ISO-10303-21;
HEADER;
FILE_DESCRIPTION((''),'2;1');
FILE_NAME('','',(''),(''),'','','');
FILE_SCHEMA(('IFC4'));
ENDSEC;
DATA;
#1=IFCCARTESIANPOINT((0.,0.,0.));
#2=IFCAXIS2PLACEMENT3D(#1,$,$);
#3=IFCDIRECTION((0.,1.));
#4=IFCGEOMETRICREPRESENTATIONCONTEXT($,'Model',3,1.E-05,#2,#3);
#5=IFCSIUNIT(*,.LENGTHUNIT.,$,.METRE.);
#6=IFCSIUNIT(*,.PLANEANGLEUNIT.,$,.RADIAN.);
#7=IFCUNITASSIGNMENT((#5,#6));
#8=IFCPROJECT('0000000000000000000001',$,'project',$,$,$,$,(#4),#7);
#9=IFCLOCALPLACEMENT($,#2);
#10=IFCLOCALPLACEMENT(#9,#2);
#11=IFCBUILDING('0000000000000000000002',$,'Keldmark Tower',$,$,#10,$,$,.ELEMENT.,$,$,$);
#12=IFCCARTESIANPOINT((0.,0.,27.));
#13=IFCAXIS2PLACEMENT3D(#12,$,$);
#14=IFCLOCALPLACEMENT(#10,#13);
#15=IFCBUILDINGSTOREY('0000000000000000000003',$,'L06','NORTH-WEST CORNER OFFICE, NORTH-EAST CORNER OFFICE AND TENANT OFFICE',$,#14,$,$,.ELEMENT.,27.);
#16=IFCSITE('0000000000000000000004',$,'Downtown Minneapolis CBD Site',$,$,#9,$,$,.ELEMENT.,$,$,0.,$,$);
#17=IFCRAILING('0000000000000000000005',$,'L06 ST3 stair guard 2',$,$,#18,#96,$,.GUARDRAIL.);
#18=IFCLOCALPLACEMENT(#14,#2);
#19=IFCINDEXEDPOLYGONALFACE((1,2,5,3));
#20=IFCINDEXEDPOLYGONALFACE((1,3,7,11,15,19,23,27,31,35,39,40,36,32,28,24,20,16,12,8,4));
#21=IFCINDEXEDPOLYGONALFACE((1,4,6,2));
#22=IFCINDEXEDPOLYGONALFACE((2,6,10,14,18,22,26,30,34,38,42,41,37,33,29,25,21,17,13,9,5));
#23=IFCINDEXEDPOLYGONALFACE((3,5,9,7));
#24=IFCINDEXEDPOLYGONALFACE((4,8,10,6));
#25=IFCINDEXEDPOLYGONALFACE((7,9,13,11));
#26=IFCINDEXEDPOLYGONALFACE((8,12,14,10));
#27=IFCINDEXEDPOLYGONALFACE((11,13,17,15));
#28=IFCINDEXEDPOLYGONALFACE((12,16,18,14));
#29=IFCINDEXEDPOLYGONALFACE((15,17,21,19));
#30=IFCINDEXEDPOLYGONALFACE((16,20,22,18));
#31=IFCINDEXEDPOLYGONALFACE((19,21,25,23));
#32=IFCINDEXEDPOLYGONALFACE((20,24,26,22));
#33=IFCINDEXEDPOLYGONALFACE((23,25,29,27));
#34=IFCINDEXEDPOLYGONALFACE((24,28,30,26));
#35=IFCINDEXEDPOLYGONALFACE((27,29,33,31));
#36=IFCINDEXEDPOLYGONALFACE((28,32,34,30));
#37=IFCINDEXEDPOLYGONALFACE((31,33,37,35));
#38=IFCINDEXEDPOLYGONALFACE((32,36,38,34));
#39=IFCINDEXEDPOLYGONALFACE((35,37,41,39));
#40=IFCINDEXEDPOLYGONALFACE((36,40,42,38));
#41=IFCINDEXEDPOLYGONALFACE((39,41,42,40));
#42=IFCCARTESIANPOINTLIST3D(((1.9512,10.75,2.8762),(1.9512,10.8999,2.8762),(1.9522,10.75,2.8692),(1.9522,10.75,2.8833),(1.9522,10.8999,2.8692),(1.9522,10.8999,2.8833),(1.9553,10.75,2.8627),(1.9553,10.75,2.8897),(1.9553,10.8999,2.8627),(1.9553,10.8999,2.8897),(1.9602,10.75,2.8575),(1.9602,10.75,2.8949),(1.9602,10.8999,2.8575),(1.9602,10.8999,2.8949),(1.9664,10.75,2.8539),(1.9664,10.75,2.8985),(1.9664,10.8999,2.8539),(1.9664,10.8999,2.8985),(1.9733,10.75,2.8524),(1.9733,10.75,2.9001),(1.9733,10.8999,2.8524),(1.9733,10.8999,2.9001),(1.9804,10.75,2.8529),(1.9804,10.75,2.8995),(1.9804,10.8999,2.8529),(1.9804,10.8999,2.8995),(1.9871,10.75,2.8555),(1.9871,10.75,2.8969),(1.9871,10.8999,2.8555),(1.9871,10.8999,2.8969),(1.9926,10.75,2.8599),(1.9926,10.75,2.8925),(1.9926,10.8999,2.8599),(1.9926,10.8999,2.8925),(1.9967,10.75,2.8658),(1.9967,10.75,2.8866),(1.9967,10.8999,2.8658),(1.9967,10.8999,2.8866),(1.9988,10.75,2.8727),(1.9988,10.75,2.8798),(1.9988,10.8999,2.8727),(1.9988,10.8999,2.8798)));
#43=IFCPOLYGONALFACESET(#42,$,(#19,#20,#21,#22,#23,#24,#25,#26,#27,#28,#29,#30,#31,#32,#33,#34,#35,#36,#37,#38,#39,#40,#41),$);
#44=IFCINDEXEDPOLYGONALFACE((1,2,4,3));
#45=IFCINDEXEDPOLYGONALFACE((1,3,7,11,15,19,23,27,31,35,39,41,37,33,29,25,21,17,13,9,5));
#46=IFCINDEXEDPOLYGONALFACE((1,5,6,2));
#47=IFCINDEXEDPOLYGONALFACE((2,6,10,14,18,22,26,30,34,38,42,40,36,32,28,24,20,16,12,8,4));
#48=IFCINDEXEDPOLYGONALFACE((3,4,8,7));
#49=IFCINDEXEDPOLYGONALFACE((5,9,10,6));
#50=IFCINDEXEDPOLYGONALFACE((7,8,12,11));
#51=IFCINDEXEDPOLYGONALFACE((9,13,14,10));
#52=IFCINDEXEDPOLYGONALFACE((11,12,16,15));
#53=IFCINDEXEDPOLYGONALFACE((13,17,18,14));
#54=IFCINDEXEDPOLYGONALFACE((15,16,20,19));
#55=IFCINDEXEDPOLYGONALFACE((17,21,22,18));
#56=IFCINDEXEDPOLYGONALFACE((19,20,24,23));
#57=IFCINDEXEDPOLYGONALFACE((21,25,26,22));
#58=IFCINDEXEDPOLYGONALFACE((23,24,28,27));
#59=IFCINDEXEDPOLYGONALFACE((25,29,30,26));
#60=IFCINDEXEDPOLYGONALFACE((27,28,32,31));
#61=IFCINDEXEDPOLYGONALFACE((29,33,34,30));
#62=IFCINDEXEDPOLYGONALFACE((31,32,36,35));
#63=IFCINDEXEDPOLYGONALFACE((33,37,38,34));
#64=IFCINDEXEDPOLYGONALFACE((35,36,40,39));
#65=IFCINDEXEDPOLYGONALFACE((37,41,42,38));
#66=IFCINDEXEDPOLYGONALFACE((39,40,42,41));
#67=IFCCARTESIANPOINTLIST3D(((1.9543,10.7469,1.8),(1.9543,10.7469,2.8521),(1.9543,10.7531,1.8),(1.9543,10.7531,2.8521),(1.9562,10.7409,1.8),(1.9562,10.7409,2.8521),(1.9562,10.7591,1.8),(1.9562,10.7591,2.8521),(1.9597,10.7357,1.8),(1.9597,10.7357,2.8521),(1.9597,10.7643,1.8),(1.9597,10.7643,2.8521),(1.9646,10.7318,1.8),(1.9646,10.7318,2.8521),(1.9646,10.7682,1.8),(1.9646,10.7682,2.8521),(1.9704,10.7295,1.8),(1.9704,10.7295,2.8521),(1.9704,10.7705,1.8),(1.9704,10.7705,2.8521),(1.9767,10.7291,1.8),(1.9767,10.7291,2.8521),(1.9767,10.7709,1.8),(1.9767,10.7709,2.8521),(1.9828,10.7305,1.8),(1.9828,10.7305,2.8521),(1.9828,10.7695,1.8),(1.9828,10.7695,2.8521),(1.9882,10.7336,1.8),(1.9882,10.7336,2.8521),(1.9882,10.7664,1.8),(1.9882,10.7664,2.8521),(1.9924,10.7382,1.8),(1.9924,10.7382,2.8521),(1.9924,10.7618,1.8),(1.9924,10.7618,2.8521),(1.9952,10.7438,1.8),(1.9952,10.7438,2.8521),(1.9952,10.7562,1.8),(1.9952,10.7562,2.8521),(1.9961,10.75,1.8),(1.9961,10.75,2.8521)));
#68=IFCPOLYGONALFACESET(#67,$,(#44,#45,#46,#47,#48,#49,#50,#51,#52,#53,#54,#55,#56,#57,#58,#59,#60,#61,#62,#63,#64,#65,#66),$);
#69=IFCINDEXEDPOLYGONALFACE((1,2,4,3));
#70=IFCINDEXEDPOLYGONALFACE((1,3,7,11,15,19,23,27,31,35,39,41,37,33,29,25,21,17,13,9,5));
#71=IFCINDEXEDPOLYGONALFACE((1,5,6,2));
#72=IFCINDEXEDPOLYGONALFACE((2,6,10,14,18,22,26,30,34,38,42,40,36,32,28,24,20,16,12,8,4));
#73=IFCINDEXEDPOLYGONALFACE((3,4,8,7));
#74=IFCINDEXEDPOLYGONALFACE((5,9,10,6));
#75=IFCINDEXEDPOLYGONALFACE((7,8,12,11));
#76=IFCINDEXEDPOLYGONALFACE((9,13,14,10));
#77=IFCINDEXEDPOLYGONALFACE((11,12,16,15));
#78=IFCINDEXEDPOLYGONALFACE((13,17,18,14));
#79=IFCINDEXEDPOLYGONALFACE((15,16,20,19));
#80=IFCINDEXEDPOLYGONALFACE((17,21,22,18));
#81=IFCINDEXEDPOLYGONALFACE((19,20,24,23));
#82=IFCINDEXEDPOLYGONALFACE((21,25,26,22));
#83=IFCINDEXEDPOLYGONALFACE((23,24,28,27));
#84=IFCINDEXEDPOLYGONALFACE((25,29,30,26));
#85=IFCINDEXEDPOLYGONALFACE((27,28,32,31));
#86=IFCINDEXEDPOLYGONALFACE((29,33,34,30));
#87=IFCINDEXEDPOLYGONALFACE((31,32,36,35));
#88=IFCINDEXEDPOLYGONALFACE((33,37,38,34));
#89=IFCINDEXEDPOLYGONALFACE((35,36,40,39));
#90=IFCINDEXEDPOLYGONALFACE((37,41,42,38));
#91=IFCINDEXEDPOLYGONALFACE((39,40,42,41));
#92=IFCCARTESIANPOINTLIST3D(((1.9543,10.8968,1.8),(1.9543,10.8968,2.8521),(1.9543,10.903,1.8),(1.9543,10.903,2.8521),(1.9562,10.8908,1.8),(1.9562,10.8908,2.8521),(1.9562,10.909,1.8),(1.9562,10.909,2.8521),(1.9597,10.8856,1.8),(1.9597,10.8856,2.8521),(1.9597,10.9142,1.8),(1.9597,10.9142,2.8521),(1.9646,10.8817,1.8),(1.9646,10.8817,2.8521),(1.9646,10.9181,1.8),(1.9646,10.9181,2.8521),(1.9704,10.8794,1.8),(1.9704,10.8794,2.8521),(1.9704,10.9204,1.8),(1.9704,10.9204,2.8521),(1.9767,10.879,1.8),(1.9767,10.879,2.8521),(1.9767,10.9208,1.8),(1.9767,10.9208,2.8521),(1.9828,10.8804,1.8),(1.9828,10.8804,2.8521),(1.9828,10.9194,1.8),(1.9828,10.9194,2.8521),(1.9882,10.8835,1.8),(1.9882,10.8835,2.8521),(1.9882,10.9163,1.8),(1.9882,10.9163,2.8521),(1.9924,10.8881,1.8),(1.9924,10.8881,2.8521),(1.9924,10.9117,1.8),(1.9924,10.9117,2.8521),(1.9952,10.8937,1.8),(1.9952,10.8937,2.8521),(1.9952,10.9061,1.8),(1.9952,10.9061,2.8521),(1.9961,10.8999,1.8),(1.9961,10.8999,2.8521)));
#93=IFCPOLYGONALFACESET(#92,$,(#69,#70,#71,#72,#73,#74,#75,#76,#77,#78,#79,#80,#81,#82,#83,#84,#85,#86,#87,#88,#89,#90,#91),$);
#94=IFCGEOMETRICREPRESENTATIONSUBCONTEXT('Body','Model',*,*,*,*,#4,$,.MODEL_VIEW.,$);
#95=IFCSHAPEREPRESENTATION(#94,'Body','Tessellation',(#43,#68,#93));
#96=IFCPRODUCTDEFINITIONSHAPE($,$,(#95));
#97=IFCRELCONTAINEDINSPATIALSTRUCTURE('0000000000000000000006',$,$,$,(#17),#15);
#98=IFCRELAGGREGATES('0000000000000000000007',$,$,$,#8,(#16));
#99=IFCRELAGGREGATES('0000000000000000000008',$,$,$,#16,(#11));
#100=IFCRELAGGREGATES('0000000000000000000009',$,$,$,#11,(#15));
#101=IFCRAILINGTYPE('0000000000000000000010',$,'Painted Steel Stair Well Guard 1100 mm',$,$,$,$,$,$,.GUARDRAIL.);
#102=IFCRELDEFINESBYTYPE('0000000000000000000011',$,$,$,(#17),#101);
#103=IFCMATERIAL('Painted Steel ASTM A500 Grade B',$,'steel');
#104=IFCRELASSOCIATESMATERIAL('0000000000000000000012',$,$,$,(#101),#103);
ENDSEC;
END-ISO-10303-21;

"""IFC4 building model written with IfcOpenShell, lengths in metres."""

from ifc_helpers import new_model, si_unit, direction, frame, origin, origin_2d, place, context, subcontext, project, spatial, circle, extrude, material, type_object, element, save


model = new_model("IFC4")

# Units and contexts
model_context = context("Model", 3, precision=1e-05, world=origin(), true_north=direction((0.0, 1.0)))
body_context = subcontext(model_context, "Body", "Model", "MODEL_VIEW")
ifc_project = project(units=[si_unit("LENGTHUNIT", "METRE"), si_unit("PLANEANGLEUNIT", "RADIAN")], contexts=[model_context])

# Site, building, storey
site_placement = place(None, origin())
site = spatial("IfcSite", under=ifc_project, at=site_placement, Name="Downtown Minneapolis CBD Site", CompositionType="ELEMENT", RefElevation=0.0)
building_placement = place(site_placement, origin())
building = spatial("IfcBuilding", under=site, at=building_placement, Name="Keldmark Tower", CompositionType="ELEMENT")
storey_placement = place(building_placement, frame((0.0, 0.0, 27.0)))
storey = spatial("IfcBuildingStorey", under=building, at=storey_placement, Name="L06", Description="NORTH-WEST CORNER OFFICE, NORTH-EAST CORNER OFFICE AND TENANT OFFICE", CompositionType="ELEMENT", Elevation=27.0)

# Railing
ifc_material_1 = material(Name="Painted Steel ASTM A500 Grade B", Category="steel")
railing_type_1 = type_object("IfcRailingType", Name="Painted Steel Stair Well Guard 1100 mm", PredefinedType="GUARDRAIL", material=ifc_material_1)
railing_1_placement = place(storey_placement, frame((1.9751, 10.75, 1.8)))
element("IfcRailing", 1, at=railing_1_placement, inside=storey, type_object=railing_type_1, Name="L06 ST3 stair guard 2", PredefinedType="GUARDRAIL", context=body_context, shape_type="SweptSolid", body=[
    extrude(circle(Radius=0.0239, at=origin_2d()), frame((0.0, 0.0, 1.0762), z_axis=(0.0, 1.0, 0.0), x_axis=(-1.0, 0.0, 0.0)), (0.0, 0.0, 1.0), 0.1499),
    extrude(circle(Radius=0.021, at=origin_2d()), origin(), (0.0, 0.0, 1.0), 1.052),
    extrude(circle(Radius=0.021, at=origin_2d()), frame((0.0, 0.1499, 0.0)), (0.0, 0.0, 1.0), 1.052),
])

save(model, "model.ifc")
